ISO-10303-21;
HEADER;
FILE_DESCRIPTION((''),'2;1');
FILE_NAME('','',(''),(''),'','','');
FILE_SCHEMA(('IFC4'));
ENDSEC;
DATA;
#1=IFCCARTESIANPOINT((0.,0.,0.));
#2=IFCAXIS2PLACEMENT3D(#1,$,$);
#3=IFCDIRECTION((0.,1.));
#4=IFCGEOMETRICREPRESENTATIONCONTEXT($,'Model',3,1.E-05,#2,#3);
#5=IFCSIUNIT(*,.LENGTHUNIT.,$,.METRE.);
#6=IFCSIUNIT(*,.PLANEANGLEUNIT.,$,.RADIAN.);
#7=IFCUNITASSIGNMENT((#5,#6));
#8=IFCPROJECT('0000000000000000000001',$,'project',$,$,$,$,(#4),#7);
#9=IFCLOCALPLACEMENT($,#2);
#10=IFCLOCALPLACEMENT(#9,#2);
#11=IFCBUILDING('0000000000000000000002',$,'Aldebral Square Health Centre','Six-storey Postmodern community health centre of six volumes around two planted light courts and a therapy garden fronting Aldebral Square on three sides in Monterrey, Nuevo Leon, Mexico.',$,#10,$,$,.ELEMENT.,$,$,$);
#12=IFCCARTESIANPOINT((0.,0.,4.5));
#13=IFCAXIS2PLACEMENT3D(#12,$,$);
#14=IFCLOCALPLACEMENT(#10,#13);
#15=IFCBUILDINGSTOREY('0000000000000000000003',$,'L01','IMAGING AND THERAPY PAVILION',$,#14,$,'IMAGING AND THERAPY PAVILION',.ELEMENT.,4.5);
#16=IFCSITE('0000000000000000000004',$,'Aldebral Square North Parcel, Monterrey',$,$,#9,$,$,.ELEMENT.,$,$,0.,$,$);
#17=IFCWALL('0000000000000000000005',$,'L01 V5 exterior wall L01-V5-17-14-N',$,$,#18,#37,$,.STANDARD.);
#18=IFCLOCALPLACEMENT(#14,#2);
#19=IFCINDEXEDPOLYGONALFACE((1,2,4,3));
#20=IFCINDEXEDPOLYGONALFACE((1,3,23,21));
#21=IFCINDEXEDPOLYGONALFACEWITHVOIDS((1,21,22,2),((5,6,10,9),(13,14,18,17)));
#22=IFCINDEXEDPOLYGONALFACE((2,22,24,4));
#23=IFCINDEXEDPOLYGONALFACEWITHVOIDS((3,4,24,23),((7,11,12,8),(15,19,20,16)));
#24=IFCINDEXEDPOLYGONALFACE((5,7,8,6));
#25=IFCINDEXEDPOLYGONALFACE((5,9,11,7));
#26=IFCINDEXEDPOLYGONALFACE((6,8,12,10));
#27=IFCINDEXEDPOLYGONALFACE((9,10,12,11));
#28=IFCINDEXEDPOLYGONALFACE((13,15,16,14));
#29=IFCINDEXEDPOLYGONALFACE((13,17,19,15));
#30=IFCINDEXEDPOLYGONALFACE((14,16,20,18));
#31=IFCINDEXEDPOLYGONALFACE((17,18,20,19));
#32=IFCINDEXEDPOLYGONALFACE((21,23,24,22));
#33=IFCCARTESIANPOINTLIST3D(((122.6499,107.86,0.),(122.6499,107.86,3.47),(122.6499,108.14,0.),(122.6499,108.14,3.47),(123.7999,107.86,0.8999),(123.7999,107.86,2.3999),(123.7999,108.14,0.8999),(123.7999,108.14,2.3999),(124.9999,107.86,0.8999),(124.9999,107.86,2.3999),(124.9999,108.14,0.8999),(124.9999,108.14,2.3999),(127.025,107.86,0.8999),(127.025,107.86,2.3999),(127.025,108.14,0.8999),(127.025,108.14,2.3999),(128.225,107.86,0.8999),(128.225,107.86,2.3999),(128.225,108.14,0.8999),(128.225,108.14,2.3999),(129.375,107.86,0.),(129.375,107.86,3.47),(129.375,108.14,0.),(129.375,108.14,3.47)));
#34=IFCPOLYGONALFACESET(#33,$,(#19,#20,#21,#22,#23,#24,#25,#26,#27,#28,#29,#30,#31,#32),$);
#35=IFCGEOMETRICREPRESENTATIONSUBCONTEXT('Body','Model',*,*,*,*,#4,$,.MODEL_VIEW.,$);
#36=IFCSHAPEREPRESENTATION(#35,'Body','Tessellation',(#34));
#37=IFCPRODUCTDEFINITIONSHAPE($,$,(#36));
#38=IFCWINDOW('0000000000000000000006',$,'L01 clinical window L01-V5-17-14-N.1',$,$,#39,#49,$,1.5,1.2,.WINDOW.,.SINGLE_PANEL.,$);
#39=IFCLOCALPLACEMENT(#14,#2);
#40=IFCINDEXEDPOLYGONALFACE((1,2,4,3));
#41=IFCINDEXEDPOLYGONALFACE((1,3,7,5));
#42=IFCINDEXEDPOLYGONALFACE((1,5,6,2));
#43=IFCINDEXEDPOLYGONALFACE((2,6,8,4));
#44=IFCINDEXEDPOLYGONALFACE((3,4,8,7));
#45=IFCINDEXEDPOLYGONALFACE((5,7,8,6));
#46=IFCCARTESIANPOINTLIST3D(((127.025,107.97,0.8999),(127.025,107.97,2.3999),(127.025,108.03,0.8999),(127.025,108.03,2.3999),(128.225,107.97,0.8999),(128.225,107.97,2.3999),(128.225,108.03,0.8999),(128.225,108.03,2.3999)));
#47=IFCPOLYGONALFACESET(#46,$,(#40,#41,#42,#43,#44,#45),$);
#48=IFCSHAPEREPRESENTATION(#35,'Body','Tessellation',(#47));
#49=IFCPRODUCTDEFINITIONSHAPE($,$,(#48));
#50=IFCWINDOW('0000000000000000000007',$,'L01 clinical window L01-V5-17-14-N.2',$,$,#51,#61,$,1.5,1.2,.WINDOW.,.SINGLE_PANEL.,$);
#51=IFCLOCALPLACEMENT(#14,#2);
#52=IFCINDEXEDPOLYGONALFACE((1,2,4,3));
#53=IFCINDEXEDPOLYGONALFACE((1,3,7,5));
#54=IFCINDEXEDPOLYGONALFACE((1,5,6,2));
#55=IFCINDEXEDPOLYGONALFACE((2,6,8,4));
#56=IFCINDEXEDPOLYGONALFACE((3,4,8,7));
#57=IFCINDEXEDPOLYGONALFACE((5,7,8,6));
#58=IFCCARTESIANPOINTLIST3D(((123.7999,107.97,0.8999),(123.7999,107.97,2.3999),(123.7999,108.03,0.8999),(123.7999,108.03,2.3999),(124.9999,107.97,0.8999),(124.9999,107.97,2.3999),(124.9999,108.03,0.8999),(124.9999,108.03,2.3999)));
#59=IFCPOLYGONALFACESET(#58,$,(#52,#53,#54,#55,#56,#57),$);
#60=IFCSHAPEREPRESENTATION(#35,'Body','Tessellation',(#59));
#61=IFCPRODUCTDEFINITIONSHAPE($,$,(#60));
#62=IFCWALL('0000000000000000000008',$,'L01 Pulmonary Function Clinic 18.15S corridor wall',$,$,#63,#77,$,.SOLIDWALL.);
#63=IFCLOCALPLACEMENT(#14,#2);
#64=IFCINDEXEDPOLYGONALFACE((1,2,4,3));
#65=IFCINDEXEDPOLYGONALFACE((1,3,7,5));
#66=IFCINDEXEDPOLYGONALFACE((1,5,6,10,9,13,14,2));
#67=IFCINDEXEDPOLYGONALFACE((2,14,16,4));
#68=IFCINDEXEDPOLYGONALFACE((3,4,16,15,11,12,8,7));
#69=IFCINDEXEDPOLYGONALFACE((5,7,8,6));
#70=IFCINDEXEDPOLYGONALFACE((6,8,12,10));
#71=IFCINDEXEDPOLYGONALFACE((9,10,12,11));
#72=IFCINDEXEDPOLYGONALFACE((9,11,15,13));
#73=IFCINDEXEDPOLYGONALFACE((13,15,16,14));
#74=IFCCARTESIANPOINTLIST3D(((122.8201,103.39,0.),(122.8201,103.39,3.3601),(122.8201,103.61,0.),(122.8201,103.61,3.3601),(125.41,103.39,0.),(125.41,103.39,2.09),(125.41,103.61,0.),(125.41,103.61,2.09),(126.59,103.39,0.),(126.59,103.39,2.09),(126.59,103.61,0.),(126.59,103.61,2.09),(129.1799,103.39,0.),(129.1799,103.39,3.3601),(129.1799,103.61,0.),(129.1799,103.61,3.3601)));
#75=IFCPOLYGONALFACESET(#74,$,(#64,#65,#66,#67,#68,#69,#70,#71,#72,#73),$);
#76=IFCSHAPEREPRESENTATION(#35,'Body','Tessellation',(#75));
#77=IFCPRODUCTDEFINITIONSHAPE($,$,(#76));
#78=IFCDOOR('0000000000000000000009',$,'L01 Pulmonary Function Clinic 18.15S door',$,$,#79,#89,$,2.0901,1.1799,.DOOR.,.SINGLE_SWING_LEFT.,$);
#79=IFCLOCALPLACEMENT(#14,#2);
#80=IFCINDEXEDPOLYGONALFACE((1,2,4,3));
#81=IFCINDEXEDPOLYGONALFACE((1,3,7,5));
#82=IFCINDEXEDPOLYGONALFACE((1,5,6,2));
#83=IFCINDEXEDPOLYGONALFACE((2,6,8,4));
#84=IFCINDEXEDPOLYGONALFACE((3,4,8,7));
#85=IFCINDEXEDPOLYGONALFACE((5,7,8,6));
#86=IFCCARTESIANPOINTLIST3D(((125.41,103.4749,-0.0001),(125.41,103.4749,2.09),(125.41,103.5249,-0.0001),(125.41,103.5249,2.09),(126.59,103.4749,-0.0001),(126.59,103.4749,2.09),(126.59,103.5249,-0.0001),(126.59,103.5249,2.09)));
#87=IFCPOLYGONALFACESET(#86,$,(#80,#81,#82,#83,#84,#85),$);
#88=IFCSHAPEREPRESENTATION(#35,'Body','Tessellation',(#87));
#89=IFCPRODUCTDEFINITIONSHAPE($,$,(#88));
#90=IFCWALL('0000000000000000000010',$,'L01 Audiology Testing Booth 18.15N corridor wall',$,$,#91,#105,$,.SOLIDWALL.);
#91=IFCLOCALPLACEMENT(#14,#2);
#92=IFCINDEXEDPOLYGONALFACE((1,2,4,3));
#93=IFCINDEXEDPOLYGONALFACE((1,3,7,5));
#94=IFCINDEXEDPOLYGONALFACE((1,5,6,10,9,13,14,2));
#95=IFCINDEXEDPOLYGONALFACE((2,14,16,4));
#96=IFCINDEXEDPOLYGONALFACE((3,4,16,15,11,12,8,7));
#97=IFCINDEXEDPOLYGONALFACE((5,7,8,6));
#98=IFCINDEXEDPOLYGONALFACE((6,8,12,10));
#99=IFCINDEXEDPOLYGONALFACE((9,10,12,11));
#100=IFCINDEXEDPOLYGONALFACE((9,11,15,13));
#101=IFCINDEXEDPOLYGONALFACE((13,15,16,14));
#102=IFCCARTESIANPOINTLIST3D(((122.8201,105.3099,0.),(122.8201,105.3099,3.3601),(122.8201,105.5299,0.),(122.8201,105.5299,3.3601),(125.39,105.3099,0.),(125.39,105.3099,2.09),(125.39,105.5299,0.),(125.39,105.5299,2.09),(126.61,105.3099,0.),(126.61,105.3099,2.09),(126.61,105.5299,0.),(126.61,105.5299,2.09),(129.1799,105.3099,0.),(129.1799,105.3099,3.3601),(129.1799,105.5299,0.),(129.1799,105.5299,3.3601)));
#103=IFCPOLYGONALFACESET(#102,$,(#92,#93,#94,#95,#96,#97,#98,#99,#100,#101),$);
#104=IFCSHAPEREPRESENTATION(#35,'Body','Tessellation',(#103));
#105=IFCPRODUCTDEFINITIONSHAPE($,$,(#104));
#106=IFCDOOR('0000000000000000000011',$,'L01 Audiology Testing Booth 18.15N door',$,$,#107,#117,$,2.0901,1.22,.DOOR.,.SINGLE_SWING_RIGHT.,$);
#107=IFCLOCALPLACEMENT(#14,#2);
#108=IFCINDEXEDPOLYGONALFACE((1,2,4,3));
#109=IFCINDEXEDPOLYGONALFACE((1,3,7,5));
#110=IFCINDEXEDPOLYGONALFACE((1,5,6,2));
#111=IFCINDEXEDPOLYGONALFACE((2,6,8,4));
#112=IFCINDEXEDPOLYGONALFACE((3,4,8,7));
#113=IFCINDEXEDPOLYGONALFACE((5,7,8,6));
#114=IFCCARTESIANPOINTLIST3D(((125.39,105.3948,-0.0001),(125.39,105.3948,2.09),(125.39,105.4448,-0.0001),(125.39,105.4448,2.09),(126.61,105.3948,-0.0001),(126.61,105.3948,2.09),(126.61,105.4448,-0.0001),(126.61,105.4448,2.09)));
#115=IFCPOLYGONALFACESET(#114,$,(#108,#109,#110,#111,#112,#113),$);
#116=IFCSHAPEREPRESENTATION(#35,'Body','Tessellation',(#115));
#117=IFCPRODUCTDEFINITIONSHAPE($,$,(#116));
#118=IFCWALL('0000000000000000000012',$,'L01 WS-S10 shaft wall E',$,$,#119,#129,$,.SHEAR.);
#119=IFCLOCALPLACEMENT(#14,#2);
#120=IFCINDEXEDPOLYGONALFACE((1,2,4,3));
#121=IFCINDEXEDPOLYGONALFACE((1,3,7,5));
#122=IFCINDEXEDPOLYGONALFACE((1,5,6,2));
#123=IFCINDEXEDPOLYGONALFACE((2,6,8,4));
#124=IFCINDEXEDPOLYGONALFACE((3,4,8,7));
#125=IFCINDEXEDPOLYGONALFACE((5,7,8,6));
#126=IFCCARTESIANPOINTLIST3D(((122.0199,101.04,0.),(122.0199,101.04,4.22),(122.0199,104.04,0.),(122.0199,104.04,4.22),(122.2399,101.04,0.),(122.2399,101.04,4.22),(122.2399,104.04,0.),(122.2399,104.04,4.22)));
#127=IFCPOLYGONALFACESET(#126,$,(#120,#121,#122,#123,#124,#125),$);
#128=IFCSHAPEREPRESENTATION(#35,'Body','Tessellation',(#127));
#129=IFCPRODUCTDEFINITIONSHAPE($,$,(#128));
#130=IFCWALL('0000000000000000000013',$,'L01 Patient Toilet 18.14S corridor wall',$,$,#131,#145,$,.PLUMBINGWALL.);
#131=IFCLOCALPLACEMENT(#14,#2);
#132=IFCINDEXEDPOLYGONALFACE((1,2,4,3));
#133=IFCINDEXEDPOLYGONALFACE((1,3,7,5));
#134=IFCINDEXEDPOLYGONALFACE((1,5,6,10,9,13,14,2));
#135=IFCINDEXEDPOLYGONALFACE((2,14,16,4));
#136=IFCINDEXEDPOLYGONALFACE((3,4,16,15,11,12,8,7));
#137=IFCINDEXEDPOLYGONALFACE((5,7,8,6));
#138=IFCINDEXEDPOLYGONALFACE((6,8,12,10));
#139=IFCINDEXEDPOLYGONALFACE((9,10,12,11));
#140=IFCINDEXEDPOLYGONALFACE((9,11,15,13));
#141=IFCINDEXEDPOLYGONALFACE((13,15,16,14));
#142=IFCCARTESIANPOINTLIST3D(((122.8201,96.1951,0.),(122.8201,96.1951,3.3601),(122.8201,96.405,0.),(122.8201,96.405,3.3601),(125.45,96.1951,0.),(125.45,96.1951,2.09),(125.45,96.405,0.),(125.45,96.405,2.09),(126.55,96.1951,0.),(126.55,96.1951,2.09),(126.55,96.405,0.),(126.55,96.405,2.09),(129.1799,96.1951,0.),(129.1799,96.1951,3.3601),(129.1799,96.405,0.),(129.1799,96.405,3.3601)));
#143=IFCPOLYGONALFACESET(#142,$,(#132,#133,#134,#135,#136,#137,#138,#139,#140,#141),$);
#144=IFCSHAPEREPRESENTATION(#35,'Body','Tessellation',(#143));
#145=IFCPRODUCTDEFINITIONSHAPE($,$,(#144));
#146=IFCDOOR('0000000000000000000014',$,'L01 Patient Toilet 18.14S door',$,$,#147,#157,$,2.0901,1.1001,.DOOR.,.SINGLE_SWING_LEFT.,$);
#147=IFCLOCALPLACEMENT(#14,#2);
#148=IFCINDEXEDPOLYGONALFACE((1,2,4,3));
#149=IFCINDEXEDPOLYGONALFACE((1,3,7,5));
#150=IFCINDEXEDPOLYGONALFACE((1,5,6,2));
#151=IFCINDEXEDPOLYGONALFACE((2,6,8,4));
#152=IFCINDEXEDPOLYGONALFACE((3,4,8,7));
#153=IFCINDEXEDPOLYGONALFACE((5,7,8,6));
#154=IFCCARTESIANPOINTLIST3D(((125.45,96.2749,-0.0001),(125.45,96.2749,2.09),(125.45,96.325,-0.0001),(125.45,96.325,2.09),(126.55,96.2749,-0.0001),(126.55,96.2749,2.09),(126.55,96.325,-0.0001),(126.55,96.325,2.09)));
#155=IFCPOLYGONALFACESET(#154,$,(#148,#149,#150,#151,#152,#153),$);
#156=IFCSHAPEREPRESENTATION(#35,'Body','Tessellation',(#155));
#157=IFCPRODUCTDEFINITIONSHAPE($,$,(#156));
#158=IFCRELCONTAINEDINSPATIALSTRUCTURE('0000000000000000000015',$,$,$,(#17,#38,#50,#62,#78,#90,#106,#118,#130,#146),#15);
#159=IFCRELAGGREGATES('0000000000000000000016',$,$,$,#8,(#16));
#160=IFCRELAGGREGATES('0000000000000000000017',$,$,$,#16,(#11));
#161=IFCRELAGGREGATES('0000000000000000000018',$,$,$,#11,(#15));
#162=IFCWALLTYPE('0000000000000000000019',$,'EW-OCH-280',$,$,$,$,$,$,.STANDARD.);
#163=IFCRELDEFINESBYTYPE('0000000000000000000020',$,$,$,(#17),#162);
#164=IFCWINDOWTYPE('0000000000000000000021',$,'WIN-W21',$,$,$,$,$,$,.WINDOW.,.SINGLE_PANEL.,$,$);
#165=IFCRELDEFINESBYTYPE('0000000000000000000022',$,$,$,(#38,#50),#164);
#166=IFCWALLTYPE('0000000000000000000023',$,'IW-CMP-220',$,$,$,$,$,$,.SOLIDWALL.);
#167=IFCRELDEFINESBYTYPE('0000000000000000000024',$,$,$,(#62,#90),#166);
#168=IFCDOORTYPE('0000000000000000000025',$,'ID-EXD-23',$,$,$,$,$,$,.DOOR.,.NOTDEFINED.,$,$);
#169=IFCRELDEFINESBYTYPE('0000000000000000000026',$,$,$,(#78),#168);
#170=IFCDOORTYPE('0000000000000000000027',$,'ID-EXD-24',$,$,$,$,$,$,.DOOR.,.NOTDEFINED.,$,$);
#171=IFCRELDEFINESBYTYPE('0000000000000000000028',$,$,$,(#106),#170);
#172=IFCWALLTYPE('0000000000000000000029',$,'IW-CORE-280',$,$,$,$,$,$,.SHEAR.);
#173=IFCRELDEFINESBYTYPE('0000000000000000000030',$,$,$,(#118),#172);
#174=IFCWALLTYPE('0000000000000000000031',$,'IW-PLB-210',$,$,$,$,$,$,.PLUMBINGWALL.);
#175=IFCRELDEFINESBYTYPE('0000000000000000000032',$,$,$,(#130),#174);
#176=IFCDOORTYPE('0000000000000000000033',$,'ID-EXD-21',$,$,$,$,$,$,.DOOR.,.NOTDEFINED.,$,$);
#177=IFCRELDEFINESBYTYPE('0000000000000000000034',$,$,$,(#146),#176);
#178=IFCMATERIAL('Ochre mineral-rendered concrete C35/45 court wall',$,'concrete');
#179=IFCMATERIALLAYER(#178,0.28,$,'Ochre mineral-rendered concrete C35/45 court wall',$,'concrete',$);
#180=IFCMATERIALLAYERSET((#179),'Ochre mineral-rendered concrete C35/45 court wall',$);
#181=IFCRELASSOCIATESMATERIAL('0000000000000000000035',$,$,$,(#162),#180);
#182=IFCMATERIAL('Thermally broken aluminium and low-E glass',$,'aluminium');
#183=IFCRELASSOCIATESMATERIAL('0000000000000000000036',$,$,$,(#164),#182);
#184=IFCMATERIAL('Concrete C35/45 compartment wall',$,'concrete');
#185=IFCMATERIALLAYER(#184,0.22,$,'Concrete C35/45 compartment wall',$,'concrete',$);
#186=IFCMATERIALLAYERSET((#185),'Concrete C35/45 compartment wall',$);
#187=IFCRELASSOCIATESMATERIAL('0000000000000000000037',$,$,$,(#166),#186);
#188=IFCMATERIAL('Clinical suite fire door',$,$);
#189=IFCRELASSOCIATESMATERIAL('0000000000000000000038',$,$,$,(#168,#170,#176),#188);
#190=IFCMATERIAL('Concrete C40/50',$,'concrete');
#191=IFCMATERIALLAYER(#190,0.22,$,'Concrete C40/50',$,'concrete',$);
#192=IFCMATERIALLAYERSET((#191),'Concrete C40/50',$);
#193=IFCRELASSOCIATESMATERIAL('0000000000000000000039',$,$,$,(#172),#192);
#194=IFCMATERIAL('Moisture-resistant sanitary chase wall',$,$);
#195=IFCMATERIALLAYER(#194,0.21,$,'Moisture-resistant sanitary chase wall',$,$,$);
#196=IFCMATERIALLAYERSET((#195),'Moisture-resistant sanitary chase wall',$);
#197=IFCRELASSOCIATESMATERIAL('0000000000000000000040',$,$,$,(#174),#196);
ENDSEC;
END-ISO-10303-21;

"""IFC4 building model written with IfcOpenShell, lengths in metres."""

from ifc_helpers import new_model, si_unit, direction, frame, frame_2d, origin, place, context, subcontext, project, spatial, rectangle, extrude, material, layer, layer_set, type_object, element, fill, save


model = new_model("IFC4")

# Units and contexts
model_context = context("Model", 3, precision=1e-05, world=origin(), true_north=direction((0.0, 1.0)))
body_context = subcontext(model_context, "Body", "Model", "MODEL_VIEW")
ifc_project = project(units=[si_unit("LENGTHUNIT", "METRE"), si_unit("PLANEANGLEUNIT", "RADIAN")], contexts=[model_context])

# Site, building, storey
site_placement = place(None, origin())
site = spatial("IfcSite", under=ifc_project, at=site_placement, Name="Aldebral Square North Parcel, Monterrey", CompositionType="ELEMENT", RefElevation=0.0)
building_placement = place(site_placement, origin())
building = spatial("IfcBuilding", under=site, at=building_placement, Name="Aldebral Square Health Centre", Description="Six-storey Postmodern community health centre of six volumes around two planted light courts and a therapy garden fronting Aldebral Square on three sides in Monterrey, Nuevo Leon, Mexico.", CompositionType="ELEMENT")
storey_placement = place(building_placement, frame((0.0, 0.0, 4.5)))
storey = spatial("IfcBuildingStorey", under=building, at=storey_placement, Name="L01", Description="IMAGING AND THERAPY PAVILION", LongName="IMAGING AND THERAPY PAVILION", CompositionType="ELEMENT", Elevation=4.5)

# Shared definitions
ifc_material_1 = material(Name="Concrete C40/50", Category="concrete")

# Wall, openings, windows
ifc_material_2 = material(Name="Ochre mineral-rendered concrete C35/45 court wall", Category="concrete")
ifc_layer_1 = layer(ifc_material_2, 0.28, Name="Ochre mineral-rendered concrete C35/45 court wall", Category="concrete")
ifc_layer_set_1 = layer_set([ifc_layer_1], Name="Ochre mineral-rendered concrete C35/45 court wall")
wall_type_1 = type_object("IfcWallType", Name="EW-OCH-280", PredefinedType="STANDARD", material=ifc_layer_set_1)
ifc_material_3 = material(Name="Thermally broken aluminium and low-E glass", Category="aluminium")
wall_1_placement = place(storey_placement, frame((129.375, 108.0, 0.0), z_axis=(0.0, 0.0, 1.0), x_axis=(-1.0, 0.0, 0.0)))
wall_1 = element("IfcWall", 1, at=wall_1_placement, inside=storey, type_object=wall_type_1, Name="L01 V5 exterior wall L01-V5-17-14-N", PredefinedType="STANDARD", context=body_context, shape_type="SweptSolid", body=[
    extrude(rectangle(XDim=6.7251, YDim=0.28, at=frame_2d((3.3625, 0.0))), origin(), (0.0, 0.0, 1.0), 3.47),
])
opening_1_placement = place(wall_1_placement, frame((1.1499, 0.0, 0.8999)))
opening_1 = element("IfcOpeningElement", 2, at=opening_1_placement, cuts=wall_1, PredefinedType="OPENING", context=body_context, shape_type="SweptSolid", body=[
    extrude(rectangle(XDim=1.2, YDim=1.5, at=frame_2d((0.6001, 0.75))), frame((0.0, 0.1499, 0.0), z_axis=(0.0, -1.0, 0.0), x_axis=(1.0, 0.0, 0.0)), (0.0, 0.0, 1.0), 0.3),
])
opening_2_placement = place(wall_1_placement, frame((4.375, 0.0, 0.8999)))
opening_2 = element("IfcOpeningElement", 3, at=opening_2_placement, cuts=wall_1, PredefinedType="OPENING", context=body_context, shape_type="SweptSolid", body=[
    extrude(rectangle(XDim=1.2, YDim=1.5, at=frame_2d((0.6001, 0.75))), frame((0.0, 0.1499, 0.0), z_axis=(0.0, -1.0, 0.0), x_axis=(1.0, 0.0, 0.0)), (0.0, 0.0, 1.0), 0.3),
])
window_type_1 = type_object("IfcWindowType", Name="WIN-W21", PartitioningType="SINGLE_PANEL", PredefinedType="WINDOW", material=ifc_material_3)
window_1_placement = place(opening_1_placement, origin())
window_1 = element("IfcWindow", 4, at=window_1_placement, inside=storey, type_object=window_type_1, Name="L01 clinical window L01-V5-17-14-N.1", OverallHeight=1.5, OverallWidth=1.2, PartitioningType="SINGLE_PANEL", PredefinedType="WINDOW", context=body_context, shape_type="SweptSolid", body=[
    extrude(rectangle(XDim=1.2, YDim=1.5, at=frame_2d((0.6001, 0.75))), frame((0.0, 0.03, 0.0), z_axis=(0.0, -1.0, 0.0), x_axis=(1.0, 0.0, 0.0)), (0.0, 0.0, 1.0), 0.0601),
])
fill(opening_1, window_1)
window_2_placement = place(opening_2_placement, origin())
window_2 = element("IfcWindow", 5, at=window_2_placement, inside=storey, type_object=window_type_1, Name="L01 clinical window L01-V5-17-14-N.2", OverallHeight=1.5, OverallWidth=1.2, PartitioningType="SINGLE_PANEL", PredefinedType="WINDOW", context=body_context, shape_type="SweptSolid", body=[
    extrude(rectangle(XDim=1.2, YDim=1.5, at=frame_2d((0.6001, 0.75))), frame((0.0, 0.03, 0.0), z_axis=(0.0, -1.0, 0.0), x_axis=(1.0, 0.0, 0.0)), (0.0, 0.0, 1.0), 0.0601),
])
fill(opening_2, window_2)

# Walls, openings, doors
ifc_material_4 = material(Name="Concrete C35/45 compartment wall", Category="concrete")
ifc_layer_2 = layer(ifc_material_4, 0.22, Name="Concrete C35/45 compartment wall", Category="concrete")
ifc_layer_set_2 = layer_set([ifc_layer_2], Name="Concrete C35/45 compartment wall")
wall_type_2 = type_object("IfcWallType", Name="IW-CMP-220", PredefinedType="SOLIDWALL", material=ifc_layer_set_2)
wall_2_placement = place(storey_placement, frame((122.8201, 103.5, 0.0), z_axis=(0.0, 0.0, 1.0), x_axis=(1.0, 0.0, 0.0)))
wall_2 = element("IfcWall", 6, at=wall_2_placement, inside=storey, type_object=wall_type_2, Name="L01 Pulmonary Function Clinic 18.15S corridor wall", PredefinedType="SOLIDWALL", context=body_context, shape_type="SweptSolid", body=[
    extrude(rectangle(XDim=6.3599, YDim=0.22, at=frame_2d((3.1799, 0.0))), origin(), (0.0, 0.0, 1.0), 3.3601),
])
opening_3_placement = place(wall_2_placement, frame((2.5901, 0.0, 0.0)))
opening_3 = element("IfcOpeningElement", 7, at=opening_3_placement, cuts=wall_2, PredefinedType="OPENING", context=body_context, shape_type="SweptSolid", body=[
    extrude(rectangle(XDim=1.1799, YDim=2.0901, at=frame_2d((0.5898, 1.0449))), frame((0.0, 0.1201, 0.0), z_axis=(0.0, -1.0, 0.0), x_axis=(1.0, 0.0, 0.0)), (0.0, 0.0, 1.0), 0.24),
])
ifc_material_5 = material(Name="Clinical suite fire door")
door_type_1 = type_object("IfcDoorType", Name="ID-EXD-23", OperationType="NOTDEFINED", PredefinedType="DOOR", material=ifc_material_5)
door_1_placement = place(opening_3_placement, origin())
door_1 = element("IfcDoor", 8, at=door_1_placement, inside=storey, type_object=door_type_1, Name="L01 Pulmonary Function Clinic 18.15S door", OperationType="SINGLE_SWING_LEFT", OverallHeight=2.0901, OverallWidth=1.1799, PredefinedType="DOOR", context=body_context, shape_type="SweptSolid", body=[
    extrude(rectangle(XDim=1.1799, YDim=2.0901, at=frame_2d((0.5898, 1.0449))), frame((0.0, 0.0249, 0.0), z_axis=(0.0, -1.0, 0.0), x_axis=(1.0, 0.0, 0.0)), (0.0, 0.0, 1.0), 0.05),
])
fill(opening_3, door_1)
wall_3_placement = place(storey_placement, frame((122.8201, 105.4199, 0.0), z_axis=(0.0, 0.0, 1.0), x_axis=(1.0, 0.0, 0.0)))
wall_3 = element("IfcWall", 9, at=wall_3_placement, inside=storey, type_object=wall_type_2, Name="L01 Audiology Testing Booth 18.15N corridor wall", PredefinedType="SOLIDWALL", context=body_context, shape_type="SweptSolid", body=[
    extrude(rectangle(XDim=6.3599, YDim=0.22, at=frame_2d((3.1799, 0.0))), origin(), (0.0, 0.0, 1.0), 3.3601),
])
opening_4_placement = place(wall_3_placement, frame((2.5701, 0.0, 0.0)))
opening_4 = element("IfcOpeningElement", 10, at=opening_4_placement, cuts=wall_3, PredefinedType="OPENING", context=body_context, shape_type="SweptSolid", body=[
    extrude(rectangle(XDim=1.22, YDim=2.0901, at=frame_2d((0.6099, 1.0449))), frame((0.0, 0.1201, 0.0), z_axis=(0.0, -1.0, 0.0), x_axis=(1.0, 0.0, 0.0)), (0.0, 0.0, 1.0), 0.24),
])
door_type_2 = type_object("IfcDoorType", Name="ID-EXD-24", OperationType="NOTDEFINED", PredefinedType="DOOR", material=ifc_material_5)
door_2_placement = place(opening_4_placement, origin())
door_2 = element("IfcDoor", 11, at=door_2_placement, inside=storey, type_object=door_type_2, Name="L01 Audiology Testing Booth 18.15N door", OperationType="SINGLE_SWING_RIGHT", OverallHeight=2.0901, OverallWidth=1.22, PredefinedType="DOOR", context=body_context, shape_type="SweptSolid", body=[
    extrude(rectangle(XDim=1.22, YDim=2.0901, at=frame_2d((0.6099, 1.0449))), frame((0.0, 0.0249, 0.0), z_axis=(0.0, -1.0, 0.0), x_axis=(1.0, 0.0, 0.0)), (0.0, 0.0, 1.0), 0.05),
])
fill(opening_4, door_2)

# Wall
ifc_layer_3 = layer(ifc_material_1, 0.22, Name="Concrete C40/50", Category="concrete")
ifc_layer_set_3 = layer_set([ifc_layer_3], Name="Concrete C40/50")
wall_type_3 = type_object("IfcWallType", Name="IW-CORE-280", PredefinedType="SHEAR", material=ifc_layer_set_3)
wall_4_placement = place(storey_placement, frame((122.1299, 101.04, 0.0), z_axis=(0.0, 0.0, 1.0), x_axis=(0.0, 1.0, 0.0)))
element("IfcWall", 12, at=wall_4_placement, inside=storey, type_object=wall_type_3, Name="L01 WS-S10 shaft wall E", PredefinedType="SHEAR", context=body_context, shape_type="SweptSolid", body=[
    extrude(rectangle(XDim=3.0, YDim=0.22, at=frame_2d((1.5, 0.0))), origin(), (0.0, 0.0, 1.0), 4.22),
])

# Wall, opening, door
ifc_material_6 = material(Name="Moisture-resistant sanitary chase wall")
ifc_layer_4 = layer(ifc_material_6, 0.21, Name="Moisture-resistant sanitary chase wall")
ifc_layer_set_4 = layer_set([ifc_layer_4], Name="Moisture-resistant sanitary chase wall")
wall_type_4 = type_object("IfcWallType", Name="IW-PLB-210", PredefinedType="PLUMBINGWALL", material=ifc_layer_set_4)
wall_5_placement = place(storey_placement, frame((122.8201, 96.3, 0.0), z_axis=(0.0, 0.0, 1.0), x_axis=(1.0, 0.0, 0.0)))
wall_5 = element("IfcWall", 13, at=wall_5_placement, inside=storey, type_object=wall_type_4, Name="L01 Patient Toilet 18.14S corridor wall", PredefinedType="PLUMBINGWALL", context=body_context, shape_type="SweptSolid", body=[
    extrude(rectangle(XDim=6.3599, YDim=0.21, at=frame_2d((3.1799, 0.0))), origin(), (0.0, 0.0, 1.0), 3.3601),
])
opening_5_placement = place(wall_5_placement, frame((2.6299, 0.0, 0.0)))
opening_5 = element("IfcOpeningElement", 14, at=opening_5_placement, cuts=wall_5, PredefinedType="OPENING", context=body_context, shape_type="SweptSolid", body=[
    extrude(rectangle(XDim=1.1001, YDim=2.0901, at=frame_2d((0.55, 1.0449))), frame((0.0, 0.115, 0.0), z_axis=(0.0, -1.0, 0.0), x_axis=(1.0, 0.0, 0.0)), (0.0, 0.0, 1.0), 0.23),
])
door_type_3 = type_object("IfcDoorType", Name="ID-EXD-21", OperationType="NOTDEFINED", PredefinedType="DOOR", material=ifc_material_5)
door_3_placement = place(opening_5_placement, origin())
door_3 = element("IfcDoor", 15, at=door_3_placement, inside=storey, type_object=door_type_3, Name="L01 Patient Toilet 18.14S door", OperationType="SINGLE_SWING_LEFT", OverallHeight=2.0901, OverallWidth=1.1001, PredefinedType="DOOR", context=body_context, shape_type="SweptSolid", body=[
    extrude(rectangle(XDim=1.1001, YDim=2.0901, at=frame_2d((0.55, 1.0449))), frame((0.0, 0.0249, 0.0), z_axis=(0.0, -1.0, 0.0), x_axis=(1.0, 0.0, 0.0)), (0.0, 0.0, 1.0), 0.05),
])
fill(opening_5, door_3)

save(model, "model.ifc")
